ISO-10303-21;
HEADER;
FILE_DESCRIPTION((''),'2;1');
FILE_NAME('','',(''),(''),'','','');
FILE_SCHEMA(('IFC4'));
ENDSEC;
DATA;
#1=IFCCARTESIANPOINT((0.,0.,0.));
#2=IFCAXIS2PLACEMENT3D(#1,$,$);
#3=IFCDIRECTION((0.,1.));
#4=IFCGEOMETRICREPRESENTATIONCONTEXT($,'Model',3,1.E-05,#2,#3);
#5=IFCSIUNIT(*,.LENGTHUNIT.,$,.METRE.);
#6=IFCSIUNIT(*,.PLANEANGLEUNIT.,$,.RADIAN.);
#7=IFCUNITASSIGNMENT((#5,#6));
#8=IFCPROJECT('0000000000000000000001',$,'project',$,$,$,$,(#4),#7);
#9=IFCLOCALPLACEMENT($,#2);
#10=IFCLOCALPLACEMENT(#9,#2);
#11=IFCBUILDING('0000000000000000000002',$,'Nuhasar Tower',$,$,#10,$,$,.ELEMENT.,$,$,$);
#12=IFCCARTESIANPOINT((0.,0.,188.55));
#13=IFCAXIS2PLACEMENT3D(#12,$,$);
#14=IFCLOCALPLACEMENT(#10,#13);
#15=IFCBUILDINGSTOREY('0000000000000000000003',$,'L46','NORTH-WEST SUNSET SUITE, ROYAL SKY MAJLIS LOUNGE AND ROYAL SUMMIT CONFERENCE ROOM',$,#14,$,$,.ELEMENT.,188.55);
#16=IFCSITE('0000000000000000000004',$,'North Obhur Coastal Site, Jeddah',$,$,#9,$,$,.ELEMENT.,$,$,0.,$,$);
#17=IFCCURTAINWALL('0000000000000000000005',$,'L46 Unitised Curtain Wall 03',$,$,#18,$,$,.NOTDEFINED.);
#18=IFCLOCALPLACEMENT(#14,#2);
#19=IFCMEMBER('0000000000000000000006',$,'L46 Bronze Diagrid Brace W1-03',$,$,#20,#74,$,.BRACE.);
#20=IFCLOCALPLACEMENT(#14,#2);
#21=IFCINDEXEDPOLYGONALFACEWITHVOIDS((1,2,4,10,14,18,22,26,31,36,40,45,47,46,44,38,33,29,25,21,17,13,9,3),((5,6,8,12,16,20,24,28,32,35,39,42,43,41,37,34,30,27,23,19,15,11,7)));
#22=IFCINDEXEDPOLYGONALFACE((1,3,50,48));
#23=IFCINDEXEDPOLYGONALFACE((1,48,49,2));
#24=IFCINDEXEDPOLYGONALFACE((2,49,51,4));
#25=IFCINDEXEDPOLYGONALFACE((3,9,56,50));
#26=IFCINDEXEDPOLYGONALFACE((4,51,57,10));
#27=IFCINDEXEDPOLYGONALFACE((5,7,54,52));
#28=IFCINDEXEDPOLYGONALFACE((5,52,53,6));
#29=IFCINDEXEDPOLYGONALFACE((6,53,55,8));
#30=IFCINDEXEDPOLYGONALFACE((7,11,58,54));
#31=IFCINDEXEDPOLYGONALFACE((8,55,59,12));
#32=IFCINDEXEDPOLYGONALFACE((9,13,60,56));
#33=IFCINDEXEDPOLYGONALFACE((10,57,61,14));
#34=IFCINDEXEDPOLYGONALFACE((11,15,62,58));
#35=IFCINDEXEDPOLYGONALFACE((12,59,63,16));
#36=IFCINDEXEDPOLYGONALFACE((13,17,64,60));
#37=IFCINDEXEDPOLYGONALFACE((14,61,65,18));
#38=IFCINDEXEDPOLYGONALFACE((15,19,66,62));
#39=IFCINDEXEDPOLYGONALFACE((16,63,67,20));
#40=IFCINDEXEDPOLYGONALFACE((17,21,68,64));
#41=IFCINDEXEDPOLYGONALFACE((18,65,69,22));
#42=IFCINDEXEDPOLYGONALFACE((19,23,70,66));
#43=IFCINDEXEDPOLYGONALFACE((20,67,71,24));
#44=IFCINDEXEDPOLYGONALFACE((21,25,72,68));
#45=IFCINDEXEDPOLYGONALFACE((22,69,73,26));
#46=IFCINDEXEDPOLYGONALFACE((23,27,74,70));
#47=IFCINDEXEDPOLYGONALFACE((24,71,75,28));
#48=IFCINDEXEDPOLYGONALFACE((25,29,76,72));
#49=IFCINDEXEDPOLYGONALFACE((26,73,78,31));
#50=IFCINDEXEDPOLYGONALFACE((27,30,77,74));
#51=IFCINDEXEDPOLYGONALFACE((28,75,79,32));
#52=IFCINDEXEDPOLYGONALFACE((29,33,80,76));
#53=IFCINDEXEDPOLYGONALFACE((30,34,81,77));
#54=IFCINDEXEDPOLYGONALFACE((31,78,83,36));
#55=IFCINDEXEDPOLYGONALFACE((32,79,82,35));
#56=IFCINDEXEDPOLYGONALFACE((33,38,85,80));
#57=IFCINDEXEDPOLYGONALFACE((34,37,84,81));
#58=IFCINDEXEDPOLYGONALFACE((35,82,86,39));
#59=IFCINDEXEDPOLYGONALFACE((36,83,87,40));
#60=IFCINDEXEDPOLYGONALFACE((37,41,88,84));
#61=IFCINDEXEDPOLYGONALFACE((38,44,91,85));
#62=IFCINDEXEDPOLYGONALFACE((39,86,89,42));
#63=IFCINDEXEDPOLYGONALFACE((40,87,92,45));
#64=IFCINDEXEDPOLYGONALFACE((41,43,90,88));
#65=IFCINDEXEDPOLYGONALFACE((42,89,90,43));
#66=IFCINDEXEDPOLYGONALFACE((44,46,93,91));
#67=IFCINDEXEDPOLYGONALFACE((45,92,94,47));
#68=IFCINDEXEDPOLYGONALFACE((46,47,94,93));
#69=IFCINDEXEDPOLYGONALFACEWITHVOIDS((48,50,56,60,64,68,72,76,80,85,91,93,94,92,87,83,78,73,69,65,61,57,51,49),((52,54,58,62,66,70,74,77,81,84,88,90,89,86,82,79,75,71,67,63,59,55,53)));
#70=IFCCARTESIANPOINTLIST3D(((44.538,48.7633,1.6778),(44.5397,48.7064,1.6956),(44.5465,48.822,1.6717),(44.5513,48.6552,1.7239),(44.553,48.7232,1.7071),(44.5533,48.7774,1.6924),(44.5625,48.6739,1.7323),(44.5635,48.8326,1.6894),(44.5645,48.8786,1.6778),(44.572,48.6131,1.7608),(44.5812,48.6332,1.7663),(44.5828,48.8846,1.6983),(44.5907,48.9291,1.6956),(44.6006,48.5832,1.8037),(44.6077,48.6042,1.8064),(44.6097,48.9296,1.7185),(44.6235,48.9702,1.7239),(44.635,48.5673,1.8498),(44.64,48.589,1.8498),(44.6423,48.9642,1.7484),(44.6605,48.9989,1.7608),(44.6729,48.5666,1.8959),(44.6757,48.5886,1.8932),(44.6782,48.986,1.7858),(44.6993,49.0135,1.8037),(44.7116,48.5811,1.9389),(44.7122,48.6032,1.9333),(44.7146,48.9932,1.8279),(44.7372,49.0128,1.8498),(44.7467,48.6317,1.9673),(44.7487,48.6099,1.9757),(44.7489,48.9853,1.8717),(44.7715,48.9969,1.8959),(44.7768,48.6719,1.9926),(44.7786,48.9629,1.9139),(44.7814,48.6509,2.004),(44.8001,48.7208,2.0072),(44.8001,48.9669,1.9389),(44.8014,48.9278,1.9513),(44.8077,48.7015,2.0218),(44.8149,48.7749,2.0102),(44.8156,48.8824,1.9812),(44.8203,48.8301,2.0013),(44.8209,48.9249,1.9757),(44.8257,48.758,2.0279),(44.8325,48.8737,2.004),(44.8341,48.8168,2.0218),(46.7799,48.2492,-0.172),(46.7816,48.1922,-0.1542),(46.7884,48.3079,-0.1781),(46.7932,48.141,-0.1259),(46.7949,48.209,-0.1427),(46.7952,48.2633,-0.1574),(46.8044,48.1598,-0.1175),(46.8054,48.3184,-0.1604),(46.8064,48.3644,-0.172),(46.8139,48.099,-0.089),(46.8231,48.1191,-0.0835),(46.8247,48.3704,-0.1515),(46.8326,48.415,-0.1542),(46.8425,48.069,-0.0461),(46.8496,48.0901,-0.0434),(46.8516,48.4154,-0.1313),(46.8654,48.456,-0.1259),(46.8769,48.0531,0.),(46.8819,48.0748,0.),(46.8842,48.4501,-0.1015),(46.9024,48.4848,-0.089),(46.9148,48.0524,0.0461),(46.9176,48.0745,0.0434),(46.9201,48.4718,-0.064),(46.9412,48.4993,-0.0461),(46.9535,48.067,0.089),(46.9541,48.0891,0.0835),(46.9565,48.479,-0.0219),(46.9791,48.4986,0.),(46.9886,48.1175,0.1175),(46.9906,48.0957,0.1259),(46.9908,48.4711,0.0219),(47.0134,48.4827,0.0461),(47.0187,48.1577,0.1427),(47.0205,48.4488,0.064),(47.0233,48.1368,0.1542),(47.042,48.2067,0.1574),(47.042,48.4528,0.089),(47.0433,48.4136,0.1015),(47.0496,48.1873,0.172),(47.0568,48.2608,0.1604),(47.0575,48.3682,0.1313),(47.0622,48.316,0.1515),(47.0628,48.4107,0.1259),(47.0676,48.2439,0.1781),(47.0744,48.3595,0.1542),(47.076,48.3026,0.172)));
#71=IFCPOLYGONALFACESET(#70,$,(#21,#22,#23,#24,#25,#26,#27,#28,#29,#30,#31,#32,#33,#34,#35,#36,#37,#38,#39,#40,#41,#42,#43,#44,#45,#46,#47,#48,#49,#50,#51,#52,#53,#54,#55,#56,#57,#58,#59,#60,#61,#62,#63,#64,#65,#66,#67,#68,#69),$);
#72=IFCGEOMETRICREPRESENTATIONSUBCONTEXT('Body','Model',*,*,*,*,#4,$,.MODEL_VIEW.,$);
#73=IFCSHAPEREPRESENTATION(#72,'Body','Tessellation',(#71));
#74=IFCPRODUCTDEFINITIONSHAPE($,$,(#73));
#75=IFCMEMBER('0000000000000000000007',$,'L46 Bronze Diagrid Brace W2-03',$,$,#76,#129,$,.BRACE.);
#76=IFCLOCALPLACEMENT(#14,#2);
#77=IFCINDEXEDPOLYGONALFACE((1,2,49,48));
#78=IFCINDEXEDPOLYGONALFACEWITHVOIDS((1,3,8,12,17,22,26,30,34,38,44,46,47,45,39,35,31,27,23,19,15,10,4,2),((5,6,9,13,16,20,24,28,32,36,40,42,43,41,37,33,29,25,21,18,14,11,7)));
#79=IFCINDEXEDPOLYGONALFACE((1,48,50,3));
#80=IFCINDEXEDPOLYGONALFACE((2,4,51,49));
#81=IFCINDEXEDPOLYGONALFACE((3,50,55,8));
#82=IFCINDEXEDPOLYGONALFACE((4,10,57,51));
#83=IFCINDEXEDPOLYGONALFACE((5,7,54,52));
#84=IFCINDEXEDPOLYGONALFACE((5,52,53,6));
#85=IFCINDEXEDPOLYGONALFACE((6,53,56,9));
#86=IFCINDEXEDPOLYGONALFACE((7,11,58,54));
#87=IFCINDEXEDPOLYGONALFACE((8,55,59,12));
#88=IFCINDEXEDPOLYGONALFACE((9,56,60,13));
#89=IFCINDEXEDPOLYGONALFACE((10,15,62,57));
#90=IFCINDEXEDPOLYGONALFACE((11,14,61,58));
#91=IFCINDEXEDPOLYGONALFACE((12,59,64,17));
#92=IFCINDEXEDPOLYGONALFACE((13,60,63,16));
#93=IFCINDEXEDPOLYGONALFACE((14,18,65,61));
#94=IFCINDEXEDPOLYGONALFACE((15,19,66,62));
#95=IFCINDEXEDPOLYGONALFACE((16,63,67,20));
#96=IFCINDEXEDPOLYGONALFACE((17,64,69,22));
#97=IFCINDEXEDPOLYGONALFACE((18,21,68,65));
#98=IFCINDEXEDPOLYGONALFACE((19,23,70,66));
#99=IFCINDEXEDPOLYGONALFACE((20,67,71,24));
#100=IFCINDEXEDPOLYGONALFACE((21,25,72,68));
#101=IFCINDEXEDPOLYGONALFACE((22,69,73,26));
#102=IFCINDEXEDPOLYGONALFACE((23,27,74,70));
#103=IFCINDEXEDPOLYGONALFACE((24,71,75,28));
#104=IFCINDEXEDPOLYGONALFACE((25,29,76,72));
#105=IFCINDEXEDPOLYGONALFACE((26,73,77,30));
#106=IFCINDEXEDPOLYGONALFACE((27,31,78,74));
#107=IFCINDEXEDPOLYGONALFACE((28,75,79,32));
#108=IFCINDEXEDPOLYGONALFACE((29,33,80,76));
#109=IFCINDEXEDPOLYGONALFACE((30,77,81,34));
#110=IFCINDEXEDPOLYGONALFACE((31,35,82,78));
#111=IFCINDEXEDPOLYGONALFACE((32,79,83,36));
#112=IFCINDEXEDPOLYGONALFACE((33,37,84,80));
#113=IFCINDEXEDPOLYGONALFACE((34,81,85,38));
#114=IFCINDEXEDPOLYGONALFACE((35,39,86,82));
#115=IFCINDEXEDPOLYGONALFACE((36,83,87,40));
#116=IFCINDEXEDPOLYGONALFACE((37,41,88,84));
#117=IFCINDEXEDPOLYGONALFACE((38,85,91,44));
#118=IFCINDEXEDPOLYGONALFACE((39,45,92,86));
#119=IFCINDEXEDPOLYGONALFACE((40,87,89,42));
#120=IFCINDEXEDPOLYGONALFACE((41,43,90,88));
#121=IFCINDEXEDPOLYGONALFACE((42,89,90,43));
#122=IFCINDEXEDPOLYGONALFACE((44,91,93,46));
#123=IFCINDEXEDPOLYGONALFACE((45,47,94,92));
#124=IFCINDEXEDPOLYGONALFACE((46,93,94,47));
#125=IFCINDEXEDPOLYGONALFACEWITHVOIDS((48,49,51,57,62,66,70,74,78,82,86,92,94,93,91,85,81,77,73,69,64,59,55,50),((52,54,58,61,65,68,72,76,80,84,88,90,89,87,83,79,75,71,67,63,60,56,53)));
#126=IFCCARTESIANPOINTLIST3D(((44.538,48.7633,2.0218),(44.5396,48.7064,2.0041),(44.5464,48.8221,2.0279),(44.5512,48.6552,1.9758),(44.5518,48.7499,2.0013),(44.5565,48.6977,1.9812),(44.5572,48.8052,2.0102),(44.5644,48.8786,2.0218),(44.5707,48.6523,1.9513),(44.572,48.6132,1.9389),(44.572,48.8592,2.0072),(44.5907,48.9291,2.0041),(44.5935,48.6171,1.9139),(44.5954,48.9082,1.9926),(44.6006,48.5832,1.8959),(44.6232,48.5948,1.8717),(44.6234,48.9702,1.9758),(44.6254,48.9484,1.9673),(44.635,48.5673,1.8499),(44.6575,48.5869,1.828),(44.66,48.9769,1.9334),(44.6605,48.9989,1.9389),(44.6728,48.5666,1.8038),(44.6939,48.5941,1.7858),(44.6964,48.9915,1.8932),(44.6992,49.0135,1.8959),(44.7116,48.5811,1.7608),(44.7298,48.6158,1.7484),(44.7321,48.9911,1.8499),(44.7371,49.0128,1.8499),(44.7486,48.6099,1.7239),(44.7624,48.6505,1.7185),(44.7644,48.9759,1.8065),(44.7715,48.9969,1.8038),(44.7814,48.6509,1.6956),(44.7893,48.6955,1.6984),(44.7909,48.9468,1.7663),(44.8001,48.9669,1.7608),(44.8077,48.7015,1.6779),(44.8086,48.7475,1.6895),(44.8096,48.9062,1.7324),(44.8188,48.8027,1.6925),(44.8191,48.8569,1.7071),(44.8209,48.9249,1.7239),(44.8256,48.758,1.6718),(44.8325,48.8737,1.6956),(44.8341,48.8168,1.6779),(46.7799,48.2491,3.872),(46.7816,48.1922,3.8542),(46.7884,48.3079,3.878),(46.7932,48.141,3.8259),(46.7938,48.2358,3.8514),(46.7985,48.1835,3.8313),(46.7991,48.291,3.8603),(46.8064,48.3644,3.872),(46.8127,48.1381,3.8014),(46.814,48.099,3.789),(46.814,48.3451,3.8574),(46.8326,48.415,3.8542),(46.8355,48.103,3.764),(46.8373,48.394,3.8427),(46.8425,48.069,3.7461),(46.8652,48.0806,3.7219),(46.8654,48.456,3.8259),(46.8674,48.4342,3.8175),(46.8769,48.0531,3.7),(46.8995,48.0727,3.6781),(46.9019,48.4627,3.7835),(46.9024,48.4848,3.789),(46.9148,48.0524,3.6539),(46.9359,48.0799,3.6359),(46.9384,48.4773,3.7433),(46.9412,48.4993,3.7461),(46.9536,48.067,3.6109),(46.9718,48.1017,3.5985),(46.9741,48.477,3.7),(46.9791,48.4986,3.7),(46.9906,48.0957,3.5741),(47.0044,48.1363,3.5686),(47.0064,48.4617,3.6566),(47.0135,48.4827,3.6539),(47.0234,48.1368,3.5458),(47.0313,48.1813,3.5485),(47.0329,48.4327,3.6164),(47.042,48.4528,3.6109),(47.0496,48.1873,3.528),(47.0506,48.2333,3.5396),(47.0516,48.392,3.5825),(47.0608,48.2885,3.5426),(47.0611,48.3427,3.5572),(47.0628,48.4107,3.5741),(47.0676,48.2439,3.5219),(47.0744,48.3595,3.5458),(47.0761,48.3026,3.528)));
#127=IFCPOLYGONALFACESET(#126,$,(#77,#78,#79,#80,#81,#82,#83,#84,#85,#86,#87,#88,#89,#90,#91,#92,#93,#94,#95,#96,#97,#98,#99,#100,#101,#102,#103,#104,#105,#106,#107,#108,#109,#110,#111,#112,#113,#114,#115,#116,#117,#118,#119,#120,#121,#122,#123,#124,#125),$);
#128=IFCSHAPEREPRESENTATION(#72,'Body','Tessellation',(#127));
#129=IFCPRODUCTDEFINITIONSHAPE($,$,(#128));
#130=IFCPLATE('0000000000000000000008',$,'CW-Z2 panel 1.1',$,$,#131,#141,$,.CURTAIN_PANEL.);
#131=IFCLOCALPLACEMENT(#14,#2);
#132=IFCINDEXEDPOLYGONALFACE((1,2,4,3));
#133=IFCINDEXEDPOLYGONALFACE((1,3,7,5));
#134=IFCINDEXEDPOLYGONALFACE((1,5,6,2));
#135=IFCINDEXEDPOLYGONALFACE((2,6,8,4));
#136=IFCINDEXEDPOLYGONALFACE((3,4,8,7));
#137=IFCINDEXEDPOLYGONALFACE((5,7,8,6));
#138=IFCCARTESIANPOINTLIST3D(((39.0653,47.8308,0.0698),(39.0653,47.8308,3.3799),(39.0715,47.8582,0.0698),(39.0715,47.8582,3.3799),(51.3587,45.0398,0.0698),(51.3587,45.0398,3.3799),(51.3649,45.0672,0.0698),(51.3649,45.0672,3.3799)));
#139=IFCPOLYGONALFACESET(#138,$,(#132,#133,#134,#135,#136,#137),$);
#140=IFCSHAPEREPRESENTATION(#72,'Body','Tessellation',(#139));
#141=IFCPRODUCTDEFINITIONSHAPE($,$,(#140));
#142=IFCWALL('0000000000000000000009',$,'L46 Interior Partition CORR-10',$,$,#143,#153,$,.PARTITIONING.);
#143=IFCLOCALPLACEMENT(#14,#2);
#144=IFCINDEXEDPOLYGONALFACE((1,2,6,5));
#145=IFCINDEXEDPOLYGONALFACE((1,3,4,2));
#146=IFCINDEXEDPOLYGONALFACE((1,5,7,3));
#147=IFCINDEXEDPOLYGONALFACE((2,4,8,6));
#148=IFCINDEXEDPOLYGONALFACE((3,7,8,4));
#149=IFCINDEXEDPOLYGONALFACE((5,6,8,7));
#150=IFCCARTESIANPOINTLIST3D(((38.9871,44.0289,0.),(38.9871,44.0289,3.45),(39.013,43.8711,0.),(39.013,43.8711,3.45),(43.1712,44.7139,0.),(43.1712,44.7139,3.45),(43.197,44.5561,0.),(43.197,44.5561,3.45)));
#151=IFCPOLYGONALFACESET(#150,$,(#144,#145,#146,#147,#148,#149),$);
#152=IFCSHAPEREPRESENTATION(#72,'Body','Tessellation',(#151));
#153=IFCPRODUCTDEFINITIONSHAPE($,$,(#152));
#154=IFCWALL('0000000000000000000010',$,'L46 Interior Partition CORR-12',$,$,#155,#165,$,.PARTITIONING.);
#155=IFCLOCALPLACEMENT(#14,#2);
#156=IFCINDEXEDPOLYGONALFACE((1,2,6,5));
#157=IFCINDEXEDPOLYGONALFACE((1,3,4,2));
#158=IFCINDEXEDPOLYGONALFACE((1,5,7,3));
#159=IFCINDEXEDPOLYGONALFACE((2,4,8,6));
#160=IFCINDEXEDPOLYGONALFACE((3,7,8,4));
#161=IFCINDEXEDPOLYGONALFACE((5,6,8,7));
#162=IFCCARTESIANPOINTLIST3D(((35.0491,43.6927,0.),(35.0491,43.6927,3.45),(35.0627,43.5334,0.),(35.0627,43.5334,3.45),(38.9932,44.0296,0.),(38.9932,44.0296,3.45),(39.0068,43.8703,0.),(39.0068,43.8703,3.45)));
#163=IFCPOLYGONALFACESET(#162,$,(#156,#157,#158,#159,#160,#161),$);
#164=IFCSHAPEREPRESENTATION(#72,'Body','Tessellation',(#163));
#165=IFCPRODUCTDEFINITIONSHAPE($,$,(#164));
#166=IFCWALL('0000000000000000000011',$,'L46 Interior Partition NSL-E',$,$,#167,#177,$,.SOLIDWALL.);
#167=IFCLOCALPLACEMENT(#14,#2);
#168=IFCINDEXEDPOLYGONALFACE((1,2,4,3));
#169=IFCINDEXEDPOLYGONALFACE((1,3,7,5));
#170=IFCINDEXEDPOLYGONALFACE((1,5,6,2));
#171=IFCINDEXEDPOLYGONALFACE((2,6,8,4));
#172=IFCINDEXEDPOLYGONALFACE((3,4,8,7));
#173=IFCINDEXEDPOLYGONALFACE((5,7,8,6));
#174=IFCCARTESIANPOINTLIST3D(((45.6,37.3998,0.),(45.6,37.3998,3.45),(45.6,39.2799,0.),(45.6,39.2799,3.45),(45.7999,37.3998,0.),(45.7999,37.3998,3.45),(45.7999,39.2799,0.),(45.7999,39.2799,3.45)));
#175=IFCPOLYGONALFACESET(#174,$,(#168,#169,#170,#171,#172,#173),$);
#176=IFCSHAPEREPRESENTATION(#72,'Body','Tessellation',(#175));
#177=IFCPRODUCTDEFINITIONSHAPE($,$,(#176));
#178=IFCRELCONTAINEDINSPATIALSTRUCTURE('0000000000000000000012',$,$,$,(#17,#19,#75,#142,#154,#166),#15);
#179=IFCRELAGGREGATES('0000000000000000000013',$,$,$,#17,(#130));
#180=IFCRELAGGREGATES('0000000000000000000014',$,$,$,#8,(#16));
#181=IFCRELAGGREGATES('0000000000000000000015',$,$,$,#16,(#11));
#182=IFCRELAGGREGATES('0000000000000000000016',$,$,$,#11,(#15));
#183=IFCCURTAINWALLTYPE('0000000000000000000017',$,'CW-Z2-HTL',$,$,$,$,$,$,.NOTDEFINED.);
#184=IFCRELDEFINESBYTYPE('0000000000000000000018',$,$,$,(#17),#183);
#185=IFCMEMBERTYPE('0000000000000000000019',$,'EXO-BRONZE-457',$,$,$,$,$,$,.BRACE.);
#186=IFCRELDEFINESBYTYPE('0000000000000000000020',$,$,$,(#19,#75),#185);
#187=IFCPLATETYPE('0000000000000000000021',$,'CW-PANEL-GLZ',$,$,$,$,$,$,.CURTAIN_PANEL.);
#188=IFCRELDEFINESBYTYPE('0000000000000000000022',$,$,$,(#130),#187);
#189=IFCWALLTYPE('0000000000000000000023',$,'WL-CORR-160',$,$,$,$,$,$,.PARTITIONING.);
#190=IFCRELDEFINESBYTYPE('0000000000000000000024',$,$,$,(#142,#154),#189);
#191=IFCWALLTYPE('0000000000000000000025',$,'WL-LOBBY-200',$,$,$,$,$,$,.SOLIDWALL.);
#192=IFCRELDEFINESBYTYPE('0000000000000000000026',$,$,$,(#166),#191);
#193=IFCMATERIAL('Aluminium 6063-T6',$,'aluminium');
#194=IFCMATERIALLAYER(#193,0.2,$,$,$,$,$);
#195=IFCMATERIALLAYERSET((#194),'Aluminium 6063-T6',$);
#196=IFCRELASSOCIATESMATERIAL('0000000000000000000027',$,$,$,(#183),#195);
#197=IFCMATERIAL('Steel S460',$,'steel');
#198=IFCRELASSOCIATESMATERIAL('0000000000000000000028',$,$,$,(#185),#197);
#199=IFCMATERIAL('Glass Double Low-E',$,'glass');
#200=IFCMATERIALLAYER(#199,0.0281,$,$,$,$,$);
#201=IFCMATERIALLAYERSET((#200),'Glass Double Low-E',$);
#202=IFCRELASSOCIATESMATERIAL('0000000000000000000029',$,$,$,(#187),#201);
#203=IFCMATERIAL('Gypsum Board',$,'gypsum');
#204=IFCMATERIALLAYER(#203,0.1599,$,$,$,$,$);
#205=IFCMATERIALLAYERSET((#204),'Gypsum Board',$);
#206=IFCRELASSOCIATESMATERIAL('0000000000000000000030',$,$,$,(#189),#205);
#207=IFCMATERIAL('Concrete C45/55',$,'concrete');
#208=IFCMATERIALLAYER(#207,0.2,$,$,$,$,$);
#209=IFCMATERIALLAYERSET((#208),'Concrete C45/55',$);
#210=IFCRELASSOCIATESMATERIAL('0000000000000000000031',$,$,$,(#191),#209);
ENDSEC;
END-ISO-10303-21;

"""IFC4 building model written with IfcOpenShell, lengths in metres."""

from ifc_helpers import new_model, si_unit, direction, frame, frame_2d, origin, origin_2d, place, context, subcontext, project, spatial, rectangle, hollow_circle, extrude, material, layer, layer_set, material_profile, profile_set, type_object, element, aggregate, save


model = new_model("IFC4")

# Units and contexts
model_context = context("Model", 3, precision=1e-05, world=origin(), true_north=direction((0.0, 1.0)))
body_context = subcontext(model_context, "Body", "Model", "MODEL_VIEW")
ifc_project = project(units=[si_unit("LENGTHUNIT", "METRE"), si_unit("PLANEANGLEUNIT", "RADIAN")], contexts=[model_context])

# Site, building, storey
site_placement = place(None, origin())
site = spatial("IfcSite", under=ifc_project, at=site_placement, Name="North Obhur Coastal Site, Jeddah", CompositionType="ELEMENT", RefElevation=0.0)
building_placement = place(site_placement, origin())
building = spatial("IfcBuilding", under=site, at=building_placement, Name="Nuhasar Tower", CompositionType="ELEMENT")
storey_placement = place(building_placement, frame((0.0, 0.0, 188.55)))
storey = spatial("IfcBuildingStorey", under=building, at=storey_placement, Name="L46", Description="NORTH-WEST SUNSET SUITE, ROYAL SKY MAJLIS LOUNGE AND ROYAL SUMMIT CONFERENCE ROOM", CompositionType="ELEMENT", Elevation=188.55)

# Curtain wall
ifc_material_1 = material(Name="Aluminium 6063-T6", Category="aluminium")
ifc_layer_1 = layer(ifc_material_1, 0.2)
ifc_layer_set_1 = layer_set([ifc_layer_1], Name="Aluminium 6063-T6")
curtain_wall_type = type_object("IfcCurtainWallType", Name="CW-Z2-HTL", PredefinedType="NOTDEFINED", material=ifc_layer_set_1)
curtain_wall_1_placement = place(storey_placement, origin())
curtain_wall_1 = element("IfcCurtainWall", 1, at=curtain_wall_1_placement, inside=storey, type_object=curtain_wall_type, Name="L46 Unitised Curtain Wall 03", PredefinedType="NOTDEFINED")

# Members
ifc_material_2 = material(Name="Steel S460", Category="steel")
ifc_material_profile_1 = material_profile(ifc_material_2, hollow_circle(Radius=0.2285, WallThickness=0.0222, at=origin_2d()), Name="HSS457X22.2")
ifc_profile_set_1 = profile_set([ifc_material_profile_1], Name="Steel S460")
member_type_1 = type_object("IfcMemberType", Name="EXO-BRONZE-457", PredefinedType="BRACE", material=ifc_profile_set_1)
member_1_placement = place(storey_placement, frame((46.928, 48.2759, 0.0), z_axis=(-0.759539, 0.17419, 0.626704), x_axis=(-0.223534, -0.974696, 0.0)))
element("IfcMember", 2, at=member_1_placement, inside=storey, type_object=member_type_1, Name="L46 Bronze Diagrid Brace W1-03", PredefinedType="BRACE", context=body_context, shape_type="SweptSolid", body=[
    extrude(hollow_circle(Radius=0.2285, WallThickness=0.0222, at=origin_2d()), origin(), (0.0, 0.0, 1.0), 2.9517),
])
member_2_placement = place(storey_placement, frame((44.686, 48.79, 1.8499), z_axis=(0.7595, -0.174181, 0.626755), x_axis=(0.223534, 0.974696, 0.0)))
element("IfcMember", 3, at=member_2_placement, inside=storey, type_object=member_type_1, Name="L46 Bronze Diagrid Brace W2-03", PredefinedType="BRACE", context=body_context, shape_type="SweptSolid", body=[
    extrude(hollow_circle(Radius=0.2285, WallThickness=0.0222, at=origin_2d()), origin(), (0.0, 0.0, 1.0), 2.9519),
])

# Plate
ifc_material_3 = material(Name="Glass Double Low-E", Category="glass")
ifc_layer_2 = layer(ifc_material_3, 0.0281)
ifc_layer_set_2 = layer_set([ifc_layer_2], Name="Glass Double Low-E")
plate_type = type_object("IfcPlateType", Name="CW-PANEL-GLZ", PredefinedType="CURTAIN_PANEL", material=ifc_layer_set_2)
plate_placement = place(storey_placement, frame((45.2151, 46.449, 0.0698), z_axis=(0.0, 0.0, 1.0), x_axis=(-0.975184, 0.221397, 0.0)))
plate = element("IfcPlate", 4, at=plate_placement, type_object=plate_type, Name="CW-Z2 panel 1.1", PredefinedType="CURTAIN_PANEL", context=body_context, shape_type="SweptSolid", body=[
    extrude(rectangle(XDim=12.6062, YDim=0.0281, at=origin_2d()), origin(), (0.0, 0.0, 1.0), 3.3101),
])
aggregate(curtain_wall_1, [plate])

# Shared definitions
ifc_material_4 = material(Name="Gypsum Board", Category="gypsum")
ifc_layer_3 = layer(ifc_material_4, 0.1599)
ifc_layer_set_3 = layer_set([ifc_layer_3], Name="Gypsum Board")
wall_type_1 = type_object("IfcWallType", Name="WL-CORR-160", PredefinedType="PARTITIONING", material=ifc_layer_set_3)

# Walls
wall_1_placement = place(storey_placement, frame((43.1841, 44.635, 0.0), z_axis=(0.0, 0.0, 1.0), x_axis=(-0.98686, -0.161578, 0.0)))
element("IfcWall", 5, at=wall_1_placement, inside=storey, type_object=wall_type_1, Name="L46 Interior Partition CORR-10", PredefinedType="PARTITIONING", context=body_context, shape_type="SweptSolid", body=[
    extrude(rectangle(XDim=4.2397, YDim=0.1599, at=frame_2d((2.1199, 0.0))), origin(), (0.0, 0.0, 1.0), 3.45),
])
wall_2_placement = place(storey_placement, frame((39.0, 43.95, 0.0), z_axis=(0.0, 0.0, 1.0), x_axis=(-0.996371, -0.085113, 0.0)))
element("IfcWall", 6, at=wall_2_placement, inside=storey, type_object=wall_type_1, Name="L46 Interior Partition CORR-12", PredefinedType="PARTITIONING", context=body_context, shape_type="SweptSolid", body=[
    extrude(rectangle(XDim=3.9585, YDim=0.1599, at=frame_2d((1.9792, 0.0))), origin(), (0.0, 0.0, 1.0), 3.45),
])
ifc_material_5 = material(Name="Concrete C45/55", Category="concrete")
ifc_layer_4 = layer(ifc_material_5, 0.2)
ifc_layer_set_4 = layer_set([ifc_layer_4], Name="Concrete C45/55")
wall_type_2 = type_object("IfcWallType", Name="WL-LOBBY-200", PredefinedType="SOLIDWALL", material=ifc_layer_set_4)
wall_3_placement = place(storey_placement, frame((45.7, 37.3999, 0.0), z_axis=(0.0, 0.0, 1.0), x_axis=(0.0, 1.0, 0.0)))
element("IfcWall", 7, at=wall_3_placement, inside=storey, type_object=wall_type_2, Name="L46 Interior Partition NSL-E", PredefinedType="SOLIDWALL", context=body_context, shape_type="SweptSolid", body=[
    extrude(rectangle(XDim=1.8801, YDim=0.2, at=frame_2d((0.9399, 0.0))), origin(), (0.0, 0.0, 1.0), 3.45),
])

save(model, "model.ifc")
